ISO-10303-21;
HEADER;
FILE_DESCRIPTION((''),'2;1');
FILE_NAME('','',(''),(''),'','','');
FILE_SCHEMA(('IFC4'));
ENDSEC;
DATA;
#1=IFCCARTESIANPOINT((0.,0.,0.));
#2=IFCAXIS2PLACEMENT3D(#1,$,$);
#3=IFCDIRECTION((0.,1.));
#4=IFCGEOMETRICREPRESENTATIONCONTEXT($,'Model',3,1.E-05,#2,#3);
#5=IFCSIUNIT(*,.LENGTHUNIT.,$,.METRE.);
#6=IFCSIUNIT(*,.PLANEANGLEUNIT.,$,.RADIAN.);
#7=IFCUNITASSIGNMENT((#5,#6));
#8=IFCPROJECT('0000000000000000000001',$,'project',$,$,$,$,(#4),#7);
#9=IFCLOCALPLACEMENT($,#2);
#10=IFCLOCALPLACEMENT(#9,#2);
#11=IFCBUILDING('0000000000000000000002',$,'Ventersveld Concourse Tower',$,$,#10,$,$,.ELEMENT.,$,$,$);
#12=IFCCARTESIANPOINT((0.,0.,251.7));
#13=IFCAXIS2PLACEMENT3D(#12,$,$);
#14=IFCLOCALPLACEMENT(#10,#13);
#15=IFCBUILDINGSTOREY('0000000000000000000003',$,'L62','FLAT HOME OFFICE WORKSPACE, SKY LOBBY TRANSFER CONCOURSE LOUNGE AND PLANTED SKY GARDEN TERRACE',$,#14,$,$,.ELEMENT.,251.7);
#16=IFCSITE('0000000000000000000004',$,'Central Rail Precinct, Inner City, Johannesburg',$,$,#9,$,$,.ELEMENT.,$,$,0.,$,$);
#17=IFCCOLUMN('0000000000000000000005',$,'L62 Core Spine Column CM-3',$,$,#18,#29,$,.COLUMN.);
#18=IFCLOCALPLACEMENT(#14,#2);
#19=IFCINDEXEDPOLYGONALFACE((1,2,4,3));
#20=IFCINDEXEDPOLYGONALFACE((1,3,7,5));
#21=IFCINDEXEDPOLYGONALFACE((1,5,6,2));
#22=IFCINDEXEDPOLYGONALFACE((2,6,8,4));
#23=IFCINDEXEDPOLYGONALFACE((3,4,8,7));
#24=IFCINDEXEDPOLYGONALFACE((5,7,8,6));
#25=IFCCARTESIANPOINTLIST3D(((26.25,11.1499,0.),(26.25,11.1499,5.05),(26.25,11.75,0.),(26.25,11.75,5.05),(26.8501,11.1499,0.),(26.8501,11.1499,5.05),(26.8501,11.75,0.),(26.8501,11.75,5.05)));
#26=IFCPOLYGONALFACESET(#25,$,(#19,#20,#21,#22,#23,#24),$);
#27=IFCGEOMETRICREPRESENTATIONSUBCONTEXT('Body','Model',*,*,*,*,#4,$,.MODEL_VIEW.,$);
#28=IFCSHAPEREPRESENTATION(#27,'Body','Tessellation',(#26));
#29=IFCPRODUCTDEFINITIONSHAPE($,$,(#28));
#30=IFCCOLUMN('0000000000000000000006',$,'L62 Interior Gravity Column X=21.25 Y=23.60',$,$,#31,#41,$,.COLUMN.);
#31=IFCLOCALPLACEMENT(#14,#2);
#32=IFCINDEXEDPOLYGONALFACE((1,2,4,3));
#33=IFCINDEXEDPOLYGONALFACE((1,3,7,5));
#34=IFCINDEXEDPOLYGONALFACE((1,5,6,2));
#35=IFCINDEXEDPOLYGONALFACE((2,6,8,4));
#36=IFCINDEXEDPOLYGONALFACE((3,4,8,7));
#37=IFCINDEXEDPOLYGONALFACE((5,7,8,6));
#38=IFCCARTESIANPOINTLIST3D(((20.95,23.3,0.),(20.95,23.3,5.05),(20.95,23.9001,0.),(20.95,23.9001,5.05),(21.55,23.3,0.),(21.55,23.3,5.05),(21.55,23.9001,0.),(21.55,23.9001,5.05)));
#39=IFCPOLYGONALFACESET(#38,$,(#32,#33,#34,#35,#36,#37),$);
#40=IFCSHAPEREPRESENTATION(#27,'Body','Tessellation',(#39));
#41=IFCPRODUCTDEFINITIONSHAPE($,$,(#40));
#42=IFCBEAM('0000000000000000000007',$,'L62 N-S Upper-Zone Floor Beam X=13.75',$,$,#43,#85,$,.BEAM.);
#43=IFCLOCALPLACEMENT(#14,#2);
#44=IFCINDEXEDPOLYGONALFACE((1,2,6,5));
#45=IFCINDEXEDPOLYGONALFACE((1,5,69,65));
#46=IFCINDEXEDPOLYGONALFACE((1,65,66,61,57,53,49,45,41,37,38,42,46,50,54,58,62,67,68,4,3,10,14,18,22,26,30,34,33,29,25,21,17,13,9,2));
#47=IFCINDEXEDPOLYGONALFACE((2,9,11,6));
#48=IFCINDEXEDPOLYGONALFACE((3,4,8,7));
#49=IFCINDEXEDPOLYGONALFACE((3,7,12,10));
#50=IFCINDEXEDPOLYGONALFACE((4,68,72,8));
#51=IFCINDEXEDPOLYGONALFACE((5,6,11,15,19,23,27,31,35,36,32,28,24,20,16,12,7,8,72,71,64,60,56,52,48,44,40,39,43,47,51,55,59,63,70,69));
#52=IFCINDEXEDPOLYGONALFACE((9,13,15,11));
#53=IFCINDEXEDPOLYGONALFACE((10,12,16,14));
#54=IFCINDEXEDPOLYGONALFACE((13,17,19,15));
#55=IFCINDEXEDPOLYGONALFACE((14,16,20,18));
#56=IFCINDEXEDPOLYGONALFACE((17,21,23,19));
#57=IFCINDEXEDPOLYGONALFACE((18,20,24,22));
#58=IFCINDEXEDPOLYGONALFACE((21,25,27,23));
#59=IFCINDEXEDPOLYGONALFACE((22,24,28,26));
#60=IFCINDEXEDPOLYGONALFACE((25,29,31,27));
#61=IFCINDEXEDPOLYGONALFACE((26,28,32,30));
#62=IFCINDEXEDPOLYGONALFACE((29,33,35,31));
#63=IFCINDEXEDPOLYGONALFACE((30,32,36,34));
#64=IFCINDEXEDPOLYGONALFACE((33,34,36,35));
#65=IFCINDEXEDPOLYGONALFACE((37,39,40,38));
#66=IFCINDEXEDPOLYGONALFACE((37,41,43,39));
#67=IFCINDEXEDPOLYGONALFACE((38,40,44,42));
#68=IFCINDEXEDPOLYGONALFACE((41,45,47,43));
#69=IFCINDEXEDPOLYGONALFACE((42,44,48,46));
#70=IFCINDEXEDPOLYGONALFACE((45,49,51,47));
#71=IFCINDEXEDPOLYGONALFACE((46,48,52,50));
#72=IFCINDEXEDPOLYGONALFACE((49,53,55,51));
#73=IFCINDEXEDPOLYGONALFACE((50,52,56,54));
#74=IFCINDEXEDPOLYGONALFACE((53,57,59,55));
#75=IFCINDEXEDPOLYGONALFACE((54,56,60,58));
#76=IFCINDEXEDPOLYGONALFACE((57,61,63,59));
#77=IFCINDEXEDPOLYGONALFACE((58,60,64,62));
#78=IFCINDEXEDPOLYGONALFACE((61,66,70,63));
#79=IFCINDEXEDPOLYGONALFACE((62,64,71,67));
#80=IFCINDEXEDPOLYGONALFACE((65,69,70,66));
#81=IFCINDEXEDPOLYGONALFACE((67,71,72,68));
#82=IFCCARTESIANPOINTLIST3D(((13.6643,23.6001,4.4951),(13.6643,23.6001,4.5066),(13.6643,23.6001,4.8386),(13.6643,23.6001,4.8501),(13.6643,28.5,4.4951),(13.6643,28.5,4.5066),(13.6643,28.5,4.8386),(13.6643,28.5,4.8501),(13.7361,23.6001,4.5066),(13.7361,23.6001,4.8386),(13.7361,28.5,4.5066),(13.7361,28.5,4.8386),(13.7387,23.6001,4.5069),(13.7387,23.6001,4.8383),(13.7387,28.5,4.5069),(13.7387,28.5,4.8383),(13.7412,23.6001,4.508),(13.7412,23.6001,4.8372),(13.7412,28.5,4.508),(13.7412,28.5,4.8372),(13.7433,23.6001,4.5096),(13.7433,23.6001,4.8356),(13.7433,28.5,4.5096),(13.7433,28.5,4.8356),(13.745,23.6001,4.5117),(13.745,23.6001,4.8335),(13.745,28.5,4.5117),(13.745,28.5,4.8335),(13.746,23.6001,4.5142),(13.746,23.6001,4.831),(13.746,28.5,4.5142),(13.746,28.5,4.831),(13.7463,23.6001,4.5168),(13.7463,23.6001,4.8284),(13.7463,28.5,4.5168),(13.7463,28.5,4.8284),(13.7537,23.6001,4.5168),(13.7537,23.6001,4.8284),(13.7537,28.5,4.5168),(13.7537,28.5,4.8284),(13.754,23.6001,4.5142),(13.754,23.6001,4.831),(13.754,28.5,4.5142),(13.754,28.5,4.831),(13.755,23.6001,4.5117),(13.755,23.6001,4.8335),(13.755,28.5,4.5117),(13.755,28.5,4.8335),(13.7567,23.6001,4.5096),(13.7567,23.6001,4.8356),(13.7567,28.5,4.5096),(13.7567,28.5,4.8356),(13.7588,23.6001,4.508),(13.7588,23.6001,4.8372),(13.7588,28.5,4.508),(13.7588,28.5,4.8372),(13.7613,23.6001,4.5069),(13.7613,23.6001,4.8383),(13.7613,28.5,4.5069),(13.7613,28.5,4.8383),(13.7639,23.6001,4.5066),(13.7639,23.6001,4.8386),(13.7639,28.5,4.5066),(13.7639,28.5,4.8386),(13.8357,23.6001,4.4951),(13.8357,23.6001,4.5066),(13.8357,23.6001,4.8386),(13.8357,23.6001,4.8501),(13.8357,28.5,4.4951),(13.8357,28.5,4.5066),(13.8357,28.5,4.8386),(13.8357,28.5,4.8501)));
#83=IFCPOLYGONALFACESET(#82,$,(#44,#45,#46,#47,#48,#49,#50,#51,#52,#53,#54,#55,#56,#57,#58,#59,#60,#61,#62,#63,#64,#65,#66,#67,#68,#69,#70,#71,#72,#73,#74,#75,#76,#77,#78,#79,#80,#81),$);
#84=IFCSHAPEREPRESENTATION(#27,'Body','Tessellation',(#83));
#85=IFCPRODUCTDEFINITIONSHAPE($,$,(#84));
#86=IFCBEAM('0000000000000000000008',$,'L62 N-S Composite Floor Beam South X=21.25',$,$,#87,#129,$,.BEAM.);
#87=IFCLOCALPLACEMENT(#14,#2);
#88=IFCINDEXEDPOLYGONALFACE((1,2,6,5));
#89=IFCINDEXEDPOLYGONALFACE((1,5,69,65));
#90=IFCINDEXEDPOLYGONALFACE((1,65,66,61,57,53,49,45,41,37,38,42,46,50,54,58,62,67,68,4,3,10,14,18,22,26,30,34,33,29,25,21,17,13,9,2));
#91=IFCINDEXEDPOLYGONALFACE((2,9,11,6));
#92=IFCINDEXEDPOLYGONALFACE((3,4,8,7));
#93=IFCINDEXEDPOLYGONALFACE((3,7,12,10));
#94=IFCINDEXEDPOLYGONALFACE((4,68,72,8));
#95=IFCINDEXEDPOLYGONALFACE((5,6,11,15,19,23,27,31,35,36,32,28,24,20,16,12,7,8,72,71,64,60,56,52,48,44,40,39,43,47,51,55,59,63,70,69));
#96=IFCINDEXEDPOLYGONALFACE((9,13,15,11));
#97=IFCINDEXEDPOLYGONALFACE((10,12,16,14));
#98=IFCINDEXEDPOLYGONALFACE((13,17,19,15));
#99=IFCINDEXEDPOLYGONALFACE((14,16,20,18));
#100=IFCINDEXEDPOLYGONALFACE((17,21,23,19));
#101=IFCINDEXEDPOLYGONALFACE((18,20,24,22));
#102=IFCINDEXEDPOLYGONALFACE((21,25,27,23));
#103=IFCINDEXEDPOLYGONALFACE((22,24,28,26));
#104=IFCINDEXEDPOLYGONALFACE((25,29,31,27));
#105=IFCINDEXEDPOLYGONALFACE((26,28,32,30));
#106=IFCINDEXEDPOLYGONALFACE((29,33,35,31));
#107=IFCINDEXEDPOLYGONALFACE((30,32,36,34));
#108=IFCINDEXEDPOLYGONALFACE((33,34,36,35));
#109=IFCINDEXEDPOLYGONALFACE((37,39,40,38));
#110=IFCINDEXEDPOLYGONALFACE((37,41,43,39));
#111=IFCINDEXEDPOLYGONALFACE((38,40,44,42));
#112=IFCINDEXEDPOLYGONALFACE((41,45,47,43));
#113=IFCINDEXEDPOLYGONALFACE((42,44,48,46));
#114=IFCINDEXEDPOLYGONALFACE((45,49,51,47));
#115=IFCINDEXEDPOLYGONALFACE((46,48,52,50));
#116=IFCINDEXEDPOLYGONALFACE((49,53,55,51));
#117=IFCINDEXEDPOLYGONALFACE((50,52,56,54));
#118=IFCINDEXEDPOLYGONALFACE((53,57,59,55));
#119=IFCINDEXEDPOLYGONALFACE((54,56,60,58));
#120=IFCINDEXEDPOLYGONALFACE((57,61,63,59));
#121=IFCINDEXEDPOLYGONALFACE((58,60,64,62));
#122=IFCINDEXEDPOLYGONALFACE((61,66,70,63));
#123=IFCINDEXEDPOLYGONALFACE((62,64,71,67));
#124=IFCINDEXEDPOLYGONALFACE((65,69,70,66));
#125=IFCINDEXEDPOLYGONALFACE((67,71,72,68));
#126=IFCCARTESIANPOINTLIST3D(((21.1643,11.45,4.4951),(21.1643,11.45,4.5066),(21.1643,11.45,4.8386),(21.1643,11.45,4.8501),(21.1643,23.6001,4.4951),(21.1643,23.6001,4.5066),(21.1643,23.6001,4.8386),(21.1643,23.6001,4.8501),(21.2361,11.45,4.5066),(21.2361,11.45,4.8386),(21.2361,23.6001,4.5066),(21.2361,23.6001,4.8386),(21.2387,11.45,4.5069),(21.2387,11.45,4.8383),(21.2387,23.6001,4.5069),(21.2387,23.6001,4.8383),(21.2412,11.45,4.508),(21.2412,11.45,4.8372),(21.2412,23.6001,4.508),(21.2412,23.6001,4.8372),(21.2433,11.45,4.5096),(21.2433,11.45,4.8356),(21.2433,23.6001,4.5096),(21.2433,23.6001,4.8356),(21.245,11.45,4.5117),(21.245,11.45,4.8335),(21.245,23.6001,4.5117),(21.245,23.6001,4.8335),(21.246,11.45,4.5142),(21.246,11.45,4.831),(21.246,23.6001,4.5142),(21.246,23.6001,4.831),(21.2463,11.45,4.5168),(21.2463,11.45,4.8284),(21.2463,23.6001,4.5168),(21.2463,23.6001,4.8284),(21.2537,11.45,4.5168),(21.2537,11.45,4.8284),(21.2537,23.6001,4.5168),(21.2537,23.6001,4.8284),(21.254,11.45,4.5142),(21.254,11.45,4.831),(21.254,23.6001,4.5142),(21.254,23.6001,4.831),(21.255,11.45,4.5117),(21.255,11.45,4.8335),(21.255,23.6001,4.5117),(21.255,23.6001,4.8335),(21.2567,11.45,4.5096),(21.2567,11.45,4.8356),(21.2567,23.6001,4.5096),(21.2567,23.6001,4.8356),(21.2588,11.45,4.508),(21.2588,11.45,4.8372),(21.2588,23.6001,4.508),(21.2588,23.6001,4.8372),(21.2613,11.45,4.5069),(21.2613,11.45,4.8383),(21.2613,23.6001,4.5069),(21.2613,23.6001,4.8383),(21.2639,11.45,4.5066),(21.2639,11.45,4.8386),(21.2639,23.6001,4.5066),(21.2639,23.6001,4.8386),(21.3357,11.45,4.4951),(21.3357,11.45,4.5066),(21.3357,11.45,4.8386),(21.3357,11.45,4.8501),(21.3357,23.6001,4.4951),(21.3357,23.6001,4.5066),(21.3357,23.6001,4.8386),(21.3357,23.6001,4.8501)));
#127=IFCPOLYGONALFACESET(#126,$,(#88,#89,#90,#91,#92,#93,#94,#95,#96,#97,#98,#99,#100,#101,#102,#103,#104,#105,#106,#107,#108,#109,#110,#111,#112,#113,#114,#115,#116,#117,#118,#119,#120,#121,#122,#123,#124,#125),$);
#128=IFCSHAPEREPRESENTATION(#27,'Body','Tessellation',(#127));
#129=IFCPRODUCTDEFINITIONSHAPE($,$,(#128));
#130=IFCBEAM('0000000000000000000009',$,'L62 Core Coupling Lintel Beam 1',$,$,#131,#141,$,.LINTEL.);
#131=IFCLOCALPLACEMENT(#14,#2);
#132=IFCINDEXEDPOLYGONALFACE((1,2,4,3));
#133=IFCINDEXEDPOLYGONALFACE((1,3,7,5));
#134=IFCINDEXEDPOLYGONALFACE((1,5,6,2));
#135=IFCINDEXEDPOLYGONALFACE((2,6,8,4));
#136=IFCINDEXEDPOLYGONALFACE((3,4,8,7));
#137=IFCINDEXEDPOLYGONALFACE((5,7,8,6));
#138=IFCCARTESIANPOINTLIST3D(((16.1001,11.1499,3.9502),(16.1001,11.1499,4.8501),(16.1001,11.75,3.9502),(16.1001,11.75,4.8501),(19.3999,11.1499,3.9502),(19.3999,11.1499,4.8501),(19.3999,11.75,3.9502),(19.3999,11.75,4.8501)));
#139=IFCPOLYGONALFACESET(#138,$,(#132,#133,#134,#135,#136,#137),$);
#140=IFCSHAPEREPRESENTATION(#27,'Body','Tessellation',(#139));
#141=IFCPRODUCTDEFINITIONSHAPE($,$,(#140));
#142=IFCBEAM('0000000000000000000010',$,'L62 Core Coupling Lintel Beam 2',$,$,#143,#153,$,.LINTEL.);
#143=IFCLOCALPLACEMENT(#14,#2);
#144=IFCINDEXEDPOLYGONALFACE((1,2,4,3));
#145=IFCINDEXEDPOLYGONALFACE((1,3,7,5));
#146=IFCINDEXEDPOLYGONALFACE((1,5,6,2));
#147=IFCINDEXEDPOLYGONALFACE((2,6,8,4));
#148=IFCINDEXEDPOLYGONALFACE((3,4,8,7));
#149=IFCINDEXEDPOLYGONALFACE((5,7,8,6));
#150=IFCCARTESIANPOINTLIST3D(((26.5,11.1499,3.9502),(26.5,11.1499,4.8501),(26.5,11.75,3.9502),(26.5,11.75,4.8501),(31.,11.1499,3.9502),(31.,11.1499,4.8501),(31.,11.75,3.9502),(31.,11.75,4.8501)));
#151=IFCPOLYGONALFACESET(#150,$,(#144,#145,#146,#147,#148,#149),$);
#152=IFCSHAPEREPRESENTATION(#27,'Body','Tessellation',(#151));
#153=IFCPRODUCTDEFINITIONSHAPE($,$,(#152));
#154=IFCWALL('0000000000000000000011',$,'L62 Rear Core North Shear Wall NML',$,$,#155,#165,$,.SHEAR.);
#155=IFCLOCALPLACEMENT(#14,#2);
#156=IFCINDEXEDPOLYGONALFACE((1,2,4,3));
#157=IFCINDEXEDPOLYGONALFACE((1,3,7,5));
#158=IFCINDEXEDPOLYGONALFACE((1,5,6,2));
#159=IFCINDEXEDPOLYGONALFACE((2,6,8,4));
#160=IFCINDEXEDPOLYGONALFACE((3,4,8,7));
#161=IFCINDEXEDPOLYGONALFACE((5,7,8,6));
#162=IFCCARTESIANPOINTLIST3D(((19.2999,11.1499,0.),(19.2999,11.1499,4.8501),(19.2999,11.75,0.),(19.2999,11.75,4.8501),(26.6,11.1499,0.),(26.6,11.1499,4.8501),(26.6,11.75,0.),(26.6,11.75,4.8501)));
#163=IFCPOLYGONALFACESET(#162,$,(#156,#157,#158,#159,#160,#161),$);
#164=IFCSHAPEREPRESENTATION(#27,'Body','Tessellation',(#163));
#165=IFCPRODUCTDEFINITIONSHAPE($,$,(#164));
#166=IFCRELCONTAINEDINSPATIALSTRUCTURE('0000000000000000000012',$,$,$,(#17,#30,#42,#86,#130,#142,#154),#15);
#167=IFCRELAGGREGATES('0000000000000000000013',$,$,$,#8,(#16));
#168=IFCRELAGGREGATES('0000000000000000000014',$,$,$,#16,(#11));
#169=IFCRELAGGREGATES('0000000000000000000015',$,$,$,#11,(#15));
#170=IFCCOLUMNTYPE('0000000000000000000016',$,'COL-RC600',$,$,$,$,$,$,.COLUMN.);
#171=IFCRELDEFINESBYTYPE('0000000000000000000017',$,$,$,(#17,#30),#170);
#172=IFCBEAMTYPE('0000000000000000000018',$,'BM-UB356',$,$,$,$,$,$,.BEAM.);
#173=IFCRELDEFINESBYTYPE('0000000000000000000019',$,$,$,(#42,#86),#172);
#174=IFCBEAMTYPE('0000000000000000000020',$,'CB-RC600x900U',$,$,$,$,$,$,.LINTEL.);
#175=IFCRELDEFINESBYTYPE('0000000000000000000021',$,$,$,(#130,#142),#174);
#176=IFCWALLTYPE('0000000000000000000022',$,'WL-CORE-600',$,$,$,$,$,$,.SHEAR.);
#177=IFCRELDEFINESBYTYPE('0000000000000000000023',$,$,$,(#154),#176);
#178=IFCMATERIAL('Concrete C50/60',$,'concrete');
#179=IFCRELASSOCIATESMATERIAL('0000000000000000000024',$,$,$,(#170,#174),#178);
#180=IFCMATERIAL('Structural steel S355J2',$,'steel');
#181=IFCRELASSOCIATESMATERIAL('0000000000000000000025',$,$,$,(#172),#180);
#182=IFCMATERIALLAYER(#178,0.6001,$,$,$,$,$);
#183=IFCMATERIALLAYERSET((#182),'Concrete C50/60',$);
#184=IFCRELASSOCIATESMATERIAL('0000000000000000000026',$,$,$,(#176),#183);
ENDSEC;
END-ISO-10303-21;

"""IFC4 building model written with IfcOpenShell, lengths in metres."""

from ifc_helpers import new_model, si_unit, direction, frame, frame_2d, origin, origin_2d, place, context, subcontext, project, spatial, rectangle, i_section, extrude, material, layer, layer_set, material_profile, profile_set, type_object, element, save


model = new_model("IFC4")

# Units and contexts
model_context = context("Model", 3, precision=1e-05, world=origin(), true_north=direction((0.0, 1.0)))
body_context = subcontext(model_context, "Body", "Model", "MODEL_VIEW")
ifc_project = project(units=[si_unit("LENGTHUNIT", "METRE"), si_unit("PLANEANGLEUNIT", "RADIAN")], contexts=[model_context])

# Site, building, storey
site_placement = place(None, origin())
site = spatial("IfcSite", under=ifc_project, at=site_placement, Name="Central Rail Precinct, Inner City, Johannesburg", CompositionType="ELEMENT", RefElevation=0.0)
building_placement = place(site_placement, origin())
building = spatial("IfcBuilding", under=site, at=building_placement, Name="Ventersveld Concourse Tower", CompositionType="ELEMENT")
storey_placement = place(building_placement, frame((0.0, 0.0, 251.7)))
storey = spatial("IfcBuildingStorey", under=building, at=storey_placement, Name="L62", Description="FLAT HOME OFFICE WORKSPACE, SKY LOBBY TRANSFER CONCOURSE LOUNGE AND PLANTED SKY GARDEN TERRACE", CompositionType="ELEMENT", Elevation=251.7)

# Columns
ifc_material_1 = material(Name="Concrete C50/60", Category="concrete")
ifc_material_profile_1 = material_profile(ifc_material_1, rectangle(XDim=0.6001, YDim=0.6001, at=origin_2d()), Name="RC 600x600")
ifc_profile_set_1 = profile_set([ifc_material_profile_1], Name="Concrete C50/60")
column_type = type_object("IfcColumnType", Name="COL-RC600", PredefinedType="COLUMN", material=ifc_profile_set_1)
for number, where, z_axis, x_axis, name in (
    (1, (26.55, 11.45, 0.0), (0.0, 0.0, 1.0), (1.0, 0.0, 0.0), "L62 Core Spine Column CM-3"),
    (2, (21.25, 23.6001, 0.0), (0.0, 0.0, 1.0), (1.0, 0.0, 0.0), "L62 Interior Gravity Column X=21.25 Y=23.60"),
):
    element("IfcColumn", number, at=place(storey_placement, frame(where, z_axis=z_axis, x_axis=x_axis)), inside=storey, type_object=column_type, Name=name, PredefinedType="COLUMN", context=body_context, shape_type="SweptSolid", body=[
        extrude(rectangle(XDim=0.6001, YDim=0.6001, at=origin_2d()), origin(), (0.0, 0.0, 1.0), 5.05),
    ])

# Beams
ifc_material_2 = material(Name="Structural steel S355J2", Category="steel")
ifc_material_profile_2 = material_profile(ifc_material_2, i_section(OverallWidth=0.1714, OverallDepth=0.355, WebThickness=0.0073, FlangeThickness=0.0115, FilletRadius=0.0103, at=origin_2d()), Name="UB 356x171x51")
ifc_profile_set_2 = profile_set([ifc_material_profile_2], Name="Structural steel S355J2")
beam_type_1 = type_object("IfcBeamType", Name="BM-UB356", PredefinedType="BEAM", material=ifc_profile_set_2)
beam_1_placement = place(storey_placement, frame((13.75, 23.6001, 4.6726), z_axis=(0.0, 1.0, 0.0), x_axis=(-1.0, 0.0, 0.0)))
element("IfcBeam", 3, at=beam_1_placement, inside=storey, type_object=beam_type_1, Name="L62 N-S Upper-Zone Floor Beam X=13.75", PredefinedType="BEAM", context=body_context, shape_type="SweptSolid", body=[
    extrude(i_section(OverallWidth=0.1714, OverallDepth=0.355, WebThickness=0.0073, FlangeThickness=0.0115, FilletRadius=0.0103, at=origin_2d()), origin(), (0.0, 0.0, 1.0), 4.8999),
])
beam_2_placement = place(storey_placement, frame((21.25, 11.45, 4.6726), z_axis=(0.0, 1.0, 0.0), x_axis=(-1.0, 0.0, 0.0)))
element("IfcBeam", 4, at=beam_2_placement, inside=storey, type_object=beam_type_1, Name="L62 N-S Composite Floor Beam South X=21.25", PredefinedType="BEAM", context=body_context, shape_type="SweptSolid", body=[
    extrude(i_section(OverallWidth=0.1714, OverallDepth=0.355, WebThickness=0.0073, FlangeThickness=0.0115, FilletRadius=0.0103, at=origin_2d()), origin(), (0.0, 0.0, 1.0), 12.1501),
])
ifc_material_profile_3 = material_profile(ifc_material_1, rectangle(XDim=0.6001, YDim=0.8999, at=origin_2d()), Name="RC 600x900")
ifc_profile_set_3 = profile_set([ifc_material_profile_3], Name="Concrete C50/60")
beam_type_2 = type_object("IfcBeamType", Name="CB-RC600x900U", PredefinedType="LINTEL", material=ifc_profile_set_3)
beam_3_placement = place(storey_placement, frame((16.1001, 11.45, 4.4001), z_axis=(1.0, 0.0, 0.0), x_axis=(0.0, 1.0, 0.0)))
element("IfcBeam", 5, at=beam_3_placement, inside=storey, type_object=beam_type_2, Name="L62 Core Coupling Lintel Beam 1", PredefinedType="LINTEL", context=body_context, shape_type="SweptSolid", body=[
    extrude(rectangle(XDim=0.6001, YDim=0.8999, at=origin_2d()), origin(), (0.0, 0.0, 1.0), 3.2998),
])
beam_4_placement = place(storey_placement, frame((26.5, 11.45, 4.4001), z_axis=(1.0, 0.0, 0.0), x_axis=(0.0, 1.0, 0.0)))
element("IfcBeam", 6, at=beam_4_placement, inside=storey, type_object=beam_type_2, Name="L62 Core Coupling Lintel Beam 2", PredefinedType="LINTEL", context=body_context, shape_type="SweptSolid", body=[
    extrude(rectangle(XDim=0.6001, YDim=0.8999, at=origin_2d()), origin(), (0.0, 0.0, 1.0), 4.5),
])

# Wall
ifc_layer_1 = layer(ifc_material_1, 0.6001)
ifc_layer_set_1 = layer_set([ifc_layer_1], Name="Concrete C50/60")
wall_type_1 = type_object("IfcWallType", Name="WL-CORE-600", PredefinedType="SHEAR", material=ifc_layer_set_1)
wall_1_placement = place(storey_placement, frame((19.3, 11.45, 0.0), z_axis=(0.0, 0.0, 1.0), x_axis=(1.0, 0.0, 0.0)))
element("IfcWall", 7, at=wall_1_placement, inside=storey, type_object=wall_type_1, Name="L62 Rear Core North Shear Wall NML", PredefinedType="SHEAR", context=body_context, shape_type="SweptSolid", body=[
    extrude(rectangle(XDim=7.3, YDim=0.6001, at=frame_2d((3.6499, 0.0))), origin(), (0.0, 0.0, 1.0), 4.8501),
])

save(model, "model.ifc")
